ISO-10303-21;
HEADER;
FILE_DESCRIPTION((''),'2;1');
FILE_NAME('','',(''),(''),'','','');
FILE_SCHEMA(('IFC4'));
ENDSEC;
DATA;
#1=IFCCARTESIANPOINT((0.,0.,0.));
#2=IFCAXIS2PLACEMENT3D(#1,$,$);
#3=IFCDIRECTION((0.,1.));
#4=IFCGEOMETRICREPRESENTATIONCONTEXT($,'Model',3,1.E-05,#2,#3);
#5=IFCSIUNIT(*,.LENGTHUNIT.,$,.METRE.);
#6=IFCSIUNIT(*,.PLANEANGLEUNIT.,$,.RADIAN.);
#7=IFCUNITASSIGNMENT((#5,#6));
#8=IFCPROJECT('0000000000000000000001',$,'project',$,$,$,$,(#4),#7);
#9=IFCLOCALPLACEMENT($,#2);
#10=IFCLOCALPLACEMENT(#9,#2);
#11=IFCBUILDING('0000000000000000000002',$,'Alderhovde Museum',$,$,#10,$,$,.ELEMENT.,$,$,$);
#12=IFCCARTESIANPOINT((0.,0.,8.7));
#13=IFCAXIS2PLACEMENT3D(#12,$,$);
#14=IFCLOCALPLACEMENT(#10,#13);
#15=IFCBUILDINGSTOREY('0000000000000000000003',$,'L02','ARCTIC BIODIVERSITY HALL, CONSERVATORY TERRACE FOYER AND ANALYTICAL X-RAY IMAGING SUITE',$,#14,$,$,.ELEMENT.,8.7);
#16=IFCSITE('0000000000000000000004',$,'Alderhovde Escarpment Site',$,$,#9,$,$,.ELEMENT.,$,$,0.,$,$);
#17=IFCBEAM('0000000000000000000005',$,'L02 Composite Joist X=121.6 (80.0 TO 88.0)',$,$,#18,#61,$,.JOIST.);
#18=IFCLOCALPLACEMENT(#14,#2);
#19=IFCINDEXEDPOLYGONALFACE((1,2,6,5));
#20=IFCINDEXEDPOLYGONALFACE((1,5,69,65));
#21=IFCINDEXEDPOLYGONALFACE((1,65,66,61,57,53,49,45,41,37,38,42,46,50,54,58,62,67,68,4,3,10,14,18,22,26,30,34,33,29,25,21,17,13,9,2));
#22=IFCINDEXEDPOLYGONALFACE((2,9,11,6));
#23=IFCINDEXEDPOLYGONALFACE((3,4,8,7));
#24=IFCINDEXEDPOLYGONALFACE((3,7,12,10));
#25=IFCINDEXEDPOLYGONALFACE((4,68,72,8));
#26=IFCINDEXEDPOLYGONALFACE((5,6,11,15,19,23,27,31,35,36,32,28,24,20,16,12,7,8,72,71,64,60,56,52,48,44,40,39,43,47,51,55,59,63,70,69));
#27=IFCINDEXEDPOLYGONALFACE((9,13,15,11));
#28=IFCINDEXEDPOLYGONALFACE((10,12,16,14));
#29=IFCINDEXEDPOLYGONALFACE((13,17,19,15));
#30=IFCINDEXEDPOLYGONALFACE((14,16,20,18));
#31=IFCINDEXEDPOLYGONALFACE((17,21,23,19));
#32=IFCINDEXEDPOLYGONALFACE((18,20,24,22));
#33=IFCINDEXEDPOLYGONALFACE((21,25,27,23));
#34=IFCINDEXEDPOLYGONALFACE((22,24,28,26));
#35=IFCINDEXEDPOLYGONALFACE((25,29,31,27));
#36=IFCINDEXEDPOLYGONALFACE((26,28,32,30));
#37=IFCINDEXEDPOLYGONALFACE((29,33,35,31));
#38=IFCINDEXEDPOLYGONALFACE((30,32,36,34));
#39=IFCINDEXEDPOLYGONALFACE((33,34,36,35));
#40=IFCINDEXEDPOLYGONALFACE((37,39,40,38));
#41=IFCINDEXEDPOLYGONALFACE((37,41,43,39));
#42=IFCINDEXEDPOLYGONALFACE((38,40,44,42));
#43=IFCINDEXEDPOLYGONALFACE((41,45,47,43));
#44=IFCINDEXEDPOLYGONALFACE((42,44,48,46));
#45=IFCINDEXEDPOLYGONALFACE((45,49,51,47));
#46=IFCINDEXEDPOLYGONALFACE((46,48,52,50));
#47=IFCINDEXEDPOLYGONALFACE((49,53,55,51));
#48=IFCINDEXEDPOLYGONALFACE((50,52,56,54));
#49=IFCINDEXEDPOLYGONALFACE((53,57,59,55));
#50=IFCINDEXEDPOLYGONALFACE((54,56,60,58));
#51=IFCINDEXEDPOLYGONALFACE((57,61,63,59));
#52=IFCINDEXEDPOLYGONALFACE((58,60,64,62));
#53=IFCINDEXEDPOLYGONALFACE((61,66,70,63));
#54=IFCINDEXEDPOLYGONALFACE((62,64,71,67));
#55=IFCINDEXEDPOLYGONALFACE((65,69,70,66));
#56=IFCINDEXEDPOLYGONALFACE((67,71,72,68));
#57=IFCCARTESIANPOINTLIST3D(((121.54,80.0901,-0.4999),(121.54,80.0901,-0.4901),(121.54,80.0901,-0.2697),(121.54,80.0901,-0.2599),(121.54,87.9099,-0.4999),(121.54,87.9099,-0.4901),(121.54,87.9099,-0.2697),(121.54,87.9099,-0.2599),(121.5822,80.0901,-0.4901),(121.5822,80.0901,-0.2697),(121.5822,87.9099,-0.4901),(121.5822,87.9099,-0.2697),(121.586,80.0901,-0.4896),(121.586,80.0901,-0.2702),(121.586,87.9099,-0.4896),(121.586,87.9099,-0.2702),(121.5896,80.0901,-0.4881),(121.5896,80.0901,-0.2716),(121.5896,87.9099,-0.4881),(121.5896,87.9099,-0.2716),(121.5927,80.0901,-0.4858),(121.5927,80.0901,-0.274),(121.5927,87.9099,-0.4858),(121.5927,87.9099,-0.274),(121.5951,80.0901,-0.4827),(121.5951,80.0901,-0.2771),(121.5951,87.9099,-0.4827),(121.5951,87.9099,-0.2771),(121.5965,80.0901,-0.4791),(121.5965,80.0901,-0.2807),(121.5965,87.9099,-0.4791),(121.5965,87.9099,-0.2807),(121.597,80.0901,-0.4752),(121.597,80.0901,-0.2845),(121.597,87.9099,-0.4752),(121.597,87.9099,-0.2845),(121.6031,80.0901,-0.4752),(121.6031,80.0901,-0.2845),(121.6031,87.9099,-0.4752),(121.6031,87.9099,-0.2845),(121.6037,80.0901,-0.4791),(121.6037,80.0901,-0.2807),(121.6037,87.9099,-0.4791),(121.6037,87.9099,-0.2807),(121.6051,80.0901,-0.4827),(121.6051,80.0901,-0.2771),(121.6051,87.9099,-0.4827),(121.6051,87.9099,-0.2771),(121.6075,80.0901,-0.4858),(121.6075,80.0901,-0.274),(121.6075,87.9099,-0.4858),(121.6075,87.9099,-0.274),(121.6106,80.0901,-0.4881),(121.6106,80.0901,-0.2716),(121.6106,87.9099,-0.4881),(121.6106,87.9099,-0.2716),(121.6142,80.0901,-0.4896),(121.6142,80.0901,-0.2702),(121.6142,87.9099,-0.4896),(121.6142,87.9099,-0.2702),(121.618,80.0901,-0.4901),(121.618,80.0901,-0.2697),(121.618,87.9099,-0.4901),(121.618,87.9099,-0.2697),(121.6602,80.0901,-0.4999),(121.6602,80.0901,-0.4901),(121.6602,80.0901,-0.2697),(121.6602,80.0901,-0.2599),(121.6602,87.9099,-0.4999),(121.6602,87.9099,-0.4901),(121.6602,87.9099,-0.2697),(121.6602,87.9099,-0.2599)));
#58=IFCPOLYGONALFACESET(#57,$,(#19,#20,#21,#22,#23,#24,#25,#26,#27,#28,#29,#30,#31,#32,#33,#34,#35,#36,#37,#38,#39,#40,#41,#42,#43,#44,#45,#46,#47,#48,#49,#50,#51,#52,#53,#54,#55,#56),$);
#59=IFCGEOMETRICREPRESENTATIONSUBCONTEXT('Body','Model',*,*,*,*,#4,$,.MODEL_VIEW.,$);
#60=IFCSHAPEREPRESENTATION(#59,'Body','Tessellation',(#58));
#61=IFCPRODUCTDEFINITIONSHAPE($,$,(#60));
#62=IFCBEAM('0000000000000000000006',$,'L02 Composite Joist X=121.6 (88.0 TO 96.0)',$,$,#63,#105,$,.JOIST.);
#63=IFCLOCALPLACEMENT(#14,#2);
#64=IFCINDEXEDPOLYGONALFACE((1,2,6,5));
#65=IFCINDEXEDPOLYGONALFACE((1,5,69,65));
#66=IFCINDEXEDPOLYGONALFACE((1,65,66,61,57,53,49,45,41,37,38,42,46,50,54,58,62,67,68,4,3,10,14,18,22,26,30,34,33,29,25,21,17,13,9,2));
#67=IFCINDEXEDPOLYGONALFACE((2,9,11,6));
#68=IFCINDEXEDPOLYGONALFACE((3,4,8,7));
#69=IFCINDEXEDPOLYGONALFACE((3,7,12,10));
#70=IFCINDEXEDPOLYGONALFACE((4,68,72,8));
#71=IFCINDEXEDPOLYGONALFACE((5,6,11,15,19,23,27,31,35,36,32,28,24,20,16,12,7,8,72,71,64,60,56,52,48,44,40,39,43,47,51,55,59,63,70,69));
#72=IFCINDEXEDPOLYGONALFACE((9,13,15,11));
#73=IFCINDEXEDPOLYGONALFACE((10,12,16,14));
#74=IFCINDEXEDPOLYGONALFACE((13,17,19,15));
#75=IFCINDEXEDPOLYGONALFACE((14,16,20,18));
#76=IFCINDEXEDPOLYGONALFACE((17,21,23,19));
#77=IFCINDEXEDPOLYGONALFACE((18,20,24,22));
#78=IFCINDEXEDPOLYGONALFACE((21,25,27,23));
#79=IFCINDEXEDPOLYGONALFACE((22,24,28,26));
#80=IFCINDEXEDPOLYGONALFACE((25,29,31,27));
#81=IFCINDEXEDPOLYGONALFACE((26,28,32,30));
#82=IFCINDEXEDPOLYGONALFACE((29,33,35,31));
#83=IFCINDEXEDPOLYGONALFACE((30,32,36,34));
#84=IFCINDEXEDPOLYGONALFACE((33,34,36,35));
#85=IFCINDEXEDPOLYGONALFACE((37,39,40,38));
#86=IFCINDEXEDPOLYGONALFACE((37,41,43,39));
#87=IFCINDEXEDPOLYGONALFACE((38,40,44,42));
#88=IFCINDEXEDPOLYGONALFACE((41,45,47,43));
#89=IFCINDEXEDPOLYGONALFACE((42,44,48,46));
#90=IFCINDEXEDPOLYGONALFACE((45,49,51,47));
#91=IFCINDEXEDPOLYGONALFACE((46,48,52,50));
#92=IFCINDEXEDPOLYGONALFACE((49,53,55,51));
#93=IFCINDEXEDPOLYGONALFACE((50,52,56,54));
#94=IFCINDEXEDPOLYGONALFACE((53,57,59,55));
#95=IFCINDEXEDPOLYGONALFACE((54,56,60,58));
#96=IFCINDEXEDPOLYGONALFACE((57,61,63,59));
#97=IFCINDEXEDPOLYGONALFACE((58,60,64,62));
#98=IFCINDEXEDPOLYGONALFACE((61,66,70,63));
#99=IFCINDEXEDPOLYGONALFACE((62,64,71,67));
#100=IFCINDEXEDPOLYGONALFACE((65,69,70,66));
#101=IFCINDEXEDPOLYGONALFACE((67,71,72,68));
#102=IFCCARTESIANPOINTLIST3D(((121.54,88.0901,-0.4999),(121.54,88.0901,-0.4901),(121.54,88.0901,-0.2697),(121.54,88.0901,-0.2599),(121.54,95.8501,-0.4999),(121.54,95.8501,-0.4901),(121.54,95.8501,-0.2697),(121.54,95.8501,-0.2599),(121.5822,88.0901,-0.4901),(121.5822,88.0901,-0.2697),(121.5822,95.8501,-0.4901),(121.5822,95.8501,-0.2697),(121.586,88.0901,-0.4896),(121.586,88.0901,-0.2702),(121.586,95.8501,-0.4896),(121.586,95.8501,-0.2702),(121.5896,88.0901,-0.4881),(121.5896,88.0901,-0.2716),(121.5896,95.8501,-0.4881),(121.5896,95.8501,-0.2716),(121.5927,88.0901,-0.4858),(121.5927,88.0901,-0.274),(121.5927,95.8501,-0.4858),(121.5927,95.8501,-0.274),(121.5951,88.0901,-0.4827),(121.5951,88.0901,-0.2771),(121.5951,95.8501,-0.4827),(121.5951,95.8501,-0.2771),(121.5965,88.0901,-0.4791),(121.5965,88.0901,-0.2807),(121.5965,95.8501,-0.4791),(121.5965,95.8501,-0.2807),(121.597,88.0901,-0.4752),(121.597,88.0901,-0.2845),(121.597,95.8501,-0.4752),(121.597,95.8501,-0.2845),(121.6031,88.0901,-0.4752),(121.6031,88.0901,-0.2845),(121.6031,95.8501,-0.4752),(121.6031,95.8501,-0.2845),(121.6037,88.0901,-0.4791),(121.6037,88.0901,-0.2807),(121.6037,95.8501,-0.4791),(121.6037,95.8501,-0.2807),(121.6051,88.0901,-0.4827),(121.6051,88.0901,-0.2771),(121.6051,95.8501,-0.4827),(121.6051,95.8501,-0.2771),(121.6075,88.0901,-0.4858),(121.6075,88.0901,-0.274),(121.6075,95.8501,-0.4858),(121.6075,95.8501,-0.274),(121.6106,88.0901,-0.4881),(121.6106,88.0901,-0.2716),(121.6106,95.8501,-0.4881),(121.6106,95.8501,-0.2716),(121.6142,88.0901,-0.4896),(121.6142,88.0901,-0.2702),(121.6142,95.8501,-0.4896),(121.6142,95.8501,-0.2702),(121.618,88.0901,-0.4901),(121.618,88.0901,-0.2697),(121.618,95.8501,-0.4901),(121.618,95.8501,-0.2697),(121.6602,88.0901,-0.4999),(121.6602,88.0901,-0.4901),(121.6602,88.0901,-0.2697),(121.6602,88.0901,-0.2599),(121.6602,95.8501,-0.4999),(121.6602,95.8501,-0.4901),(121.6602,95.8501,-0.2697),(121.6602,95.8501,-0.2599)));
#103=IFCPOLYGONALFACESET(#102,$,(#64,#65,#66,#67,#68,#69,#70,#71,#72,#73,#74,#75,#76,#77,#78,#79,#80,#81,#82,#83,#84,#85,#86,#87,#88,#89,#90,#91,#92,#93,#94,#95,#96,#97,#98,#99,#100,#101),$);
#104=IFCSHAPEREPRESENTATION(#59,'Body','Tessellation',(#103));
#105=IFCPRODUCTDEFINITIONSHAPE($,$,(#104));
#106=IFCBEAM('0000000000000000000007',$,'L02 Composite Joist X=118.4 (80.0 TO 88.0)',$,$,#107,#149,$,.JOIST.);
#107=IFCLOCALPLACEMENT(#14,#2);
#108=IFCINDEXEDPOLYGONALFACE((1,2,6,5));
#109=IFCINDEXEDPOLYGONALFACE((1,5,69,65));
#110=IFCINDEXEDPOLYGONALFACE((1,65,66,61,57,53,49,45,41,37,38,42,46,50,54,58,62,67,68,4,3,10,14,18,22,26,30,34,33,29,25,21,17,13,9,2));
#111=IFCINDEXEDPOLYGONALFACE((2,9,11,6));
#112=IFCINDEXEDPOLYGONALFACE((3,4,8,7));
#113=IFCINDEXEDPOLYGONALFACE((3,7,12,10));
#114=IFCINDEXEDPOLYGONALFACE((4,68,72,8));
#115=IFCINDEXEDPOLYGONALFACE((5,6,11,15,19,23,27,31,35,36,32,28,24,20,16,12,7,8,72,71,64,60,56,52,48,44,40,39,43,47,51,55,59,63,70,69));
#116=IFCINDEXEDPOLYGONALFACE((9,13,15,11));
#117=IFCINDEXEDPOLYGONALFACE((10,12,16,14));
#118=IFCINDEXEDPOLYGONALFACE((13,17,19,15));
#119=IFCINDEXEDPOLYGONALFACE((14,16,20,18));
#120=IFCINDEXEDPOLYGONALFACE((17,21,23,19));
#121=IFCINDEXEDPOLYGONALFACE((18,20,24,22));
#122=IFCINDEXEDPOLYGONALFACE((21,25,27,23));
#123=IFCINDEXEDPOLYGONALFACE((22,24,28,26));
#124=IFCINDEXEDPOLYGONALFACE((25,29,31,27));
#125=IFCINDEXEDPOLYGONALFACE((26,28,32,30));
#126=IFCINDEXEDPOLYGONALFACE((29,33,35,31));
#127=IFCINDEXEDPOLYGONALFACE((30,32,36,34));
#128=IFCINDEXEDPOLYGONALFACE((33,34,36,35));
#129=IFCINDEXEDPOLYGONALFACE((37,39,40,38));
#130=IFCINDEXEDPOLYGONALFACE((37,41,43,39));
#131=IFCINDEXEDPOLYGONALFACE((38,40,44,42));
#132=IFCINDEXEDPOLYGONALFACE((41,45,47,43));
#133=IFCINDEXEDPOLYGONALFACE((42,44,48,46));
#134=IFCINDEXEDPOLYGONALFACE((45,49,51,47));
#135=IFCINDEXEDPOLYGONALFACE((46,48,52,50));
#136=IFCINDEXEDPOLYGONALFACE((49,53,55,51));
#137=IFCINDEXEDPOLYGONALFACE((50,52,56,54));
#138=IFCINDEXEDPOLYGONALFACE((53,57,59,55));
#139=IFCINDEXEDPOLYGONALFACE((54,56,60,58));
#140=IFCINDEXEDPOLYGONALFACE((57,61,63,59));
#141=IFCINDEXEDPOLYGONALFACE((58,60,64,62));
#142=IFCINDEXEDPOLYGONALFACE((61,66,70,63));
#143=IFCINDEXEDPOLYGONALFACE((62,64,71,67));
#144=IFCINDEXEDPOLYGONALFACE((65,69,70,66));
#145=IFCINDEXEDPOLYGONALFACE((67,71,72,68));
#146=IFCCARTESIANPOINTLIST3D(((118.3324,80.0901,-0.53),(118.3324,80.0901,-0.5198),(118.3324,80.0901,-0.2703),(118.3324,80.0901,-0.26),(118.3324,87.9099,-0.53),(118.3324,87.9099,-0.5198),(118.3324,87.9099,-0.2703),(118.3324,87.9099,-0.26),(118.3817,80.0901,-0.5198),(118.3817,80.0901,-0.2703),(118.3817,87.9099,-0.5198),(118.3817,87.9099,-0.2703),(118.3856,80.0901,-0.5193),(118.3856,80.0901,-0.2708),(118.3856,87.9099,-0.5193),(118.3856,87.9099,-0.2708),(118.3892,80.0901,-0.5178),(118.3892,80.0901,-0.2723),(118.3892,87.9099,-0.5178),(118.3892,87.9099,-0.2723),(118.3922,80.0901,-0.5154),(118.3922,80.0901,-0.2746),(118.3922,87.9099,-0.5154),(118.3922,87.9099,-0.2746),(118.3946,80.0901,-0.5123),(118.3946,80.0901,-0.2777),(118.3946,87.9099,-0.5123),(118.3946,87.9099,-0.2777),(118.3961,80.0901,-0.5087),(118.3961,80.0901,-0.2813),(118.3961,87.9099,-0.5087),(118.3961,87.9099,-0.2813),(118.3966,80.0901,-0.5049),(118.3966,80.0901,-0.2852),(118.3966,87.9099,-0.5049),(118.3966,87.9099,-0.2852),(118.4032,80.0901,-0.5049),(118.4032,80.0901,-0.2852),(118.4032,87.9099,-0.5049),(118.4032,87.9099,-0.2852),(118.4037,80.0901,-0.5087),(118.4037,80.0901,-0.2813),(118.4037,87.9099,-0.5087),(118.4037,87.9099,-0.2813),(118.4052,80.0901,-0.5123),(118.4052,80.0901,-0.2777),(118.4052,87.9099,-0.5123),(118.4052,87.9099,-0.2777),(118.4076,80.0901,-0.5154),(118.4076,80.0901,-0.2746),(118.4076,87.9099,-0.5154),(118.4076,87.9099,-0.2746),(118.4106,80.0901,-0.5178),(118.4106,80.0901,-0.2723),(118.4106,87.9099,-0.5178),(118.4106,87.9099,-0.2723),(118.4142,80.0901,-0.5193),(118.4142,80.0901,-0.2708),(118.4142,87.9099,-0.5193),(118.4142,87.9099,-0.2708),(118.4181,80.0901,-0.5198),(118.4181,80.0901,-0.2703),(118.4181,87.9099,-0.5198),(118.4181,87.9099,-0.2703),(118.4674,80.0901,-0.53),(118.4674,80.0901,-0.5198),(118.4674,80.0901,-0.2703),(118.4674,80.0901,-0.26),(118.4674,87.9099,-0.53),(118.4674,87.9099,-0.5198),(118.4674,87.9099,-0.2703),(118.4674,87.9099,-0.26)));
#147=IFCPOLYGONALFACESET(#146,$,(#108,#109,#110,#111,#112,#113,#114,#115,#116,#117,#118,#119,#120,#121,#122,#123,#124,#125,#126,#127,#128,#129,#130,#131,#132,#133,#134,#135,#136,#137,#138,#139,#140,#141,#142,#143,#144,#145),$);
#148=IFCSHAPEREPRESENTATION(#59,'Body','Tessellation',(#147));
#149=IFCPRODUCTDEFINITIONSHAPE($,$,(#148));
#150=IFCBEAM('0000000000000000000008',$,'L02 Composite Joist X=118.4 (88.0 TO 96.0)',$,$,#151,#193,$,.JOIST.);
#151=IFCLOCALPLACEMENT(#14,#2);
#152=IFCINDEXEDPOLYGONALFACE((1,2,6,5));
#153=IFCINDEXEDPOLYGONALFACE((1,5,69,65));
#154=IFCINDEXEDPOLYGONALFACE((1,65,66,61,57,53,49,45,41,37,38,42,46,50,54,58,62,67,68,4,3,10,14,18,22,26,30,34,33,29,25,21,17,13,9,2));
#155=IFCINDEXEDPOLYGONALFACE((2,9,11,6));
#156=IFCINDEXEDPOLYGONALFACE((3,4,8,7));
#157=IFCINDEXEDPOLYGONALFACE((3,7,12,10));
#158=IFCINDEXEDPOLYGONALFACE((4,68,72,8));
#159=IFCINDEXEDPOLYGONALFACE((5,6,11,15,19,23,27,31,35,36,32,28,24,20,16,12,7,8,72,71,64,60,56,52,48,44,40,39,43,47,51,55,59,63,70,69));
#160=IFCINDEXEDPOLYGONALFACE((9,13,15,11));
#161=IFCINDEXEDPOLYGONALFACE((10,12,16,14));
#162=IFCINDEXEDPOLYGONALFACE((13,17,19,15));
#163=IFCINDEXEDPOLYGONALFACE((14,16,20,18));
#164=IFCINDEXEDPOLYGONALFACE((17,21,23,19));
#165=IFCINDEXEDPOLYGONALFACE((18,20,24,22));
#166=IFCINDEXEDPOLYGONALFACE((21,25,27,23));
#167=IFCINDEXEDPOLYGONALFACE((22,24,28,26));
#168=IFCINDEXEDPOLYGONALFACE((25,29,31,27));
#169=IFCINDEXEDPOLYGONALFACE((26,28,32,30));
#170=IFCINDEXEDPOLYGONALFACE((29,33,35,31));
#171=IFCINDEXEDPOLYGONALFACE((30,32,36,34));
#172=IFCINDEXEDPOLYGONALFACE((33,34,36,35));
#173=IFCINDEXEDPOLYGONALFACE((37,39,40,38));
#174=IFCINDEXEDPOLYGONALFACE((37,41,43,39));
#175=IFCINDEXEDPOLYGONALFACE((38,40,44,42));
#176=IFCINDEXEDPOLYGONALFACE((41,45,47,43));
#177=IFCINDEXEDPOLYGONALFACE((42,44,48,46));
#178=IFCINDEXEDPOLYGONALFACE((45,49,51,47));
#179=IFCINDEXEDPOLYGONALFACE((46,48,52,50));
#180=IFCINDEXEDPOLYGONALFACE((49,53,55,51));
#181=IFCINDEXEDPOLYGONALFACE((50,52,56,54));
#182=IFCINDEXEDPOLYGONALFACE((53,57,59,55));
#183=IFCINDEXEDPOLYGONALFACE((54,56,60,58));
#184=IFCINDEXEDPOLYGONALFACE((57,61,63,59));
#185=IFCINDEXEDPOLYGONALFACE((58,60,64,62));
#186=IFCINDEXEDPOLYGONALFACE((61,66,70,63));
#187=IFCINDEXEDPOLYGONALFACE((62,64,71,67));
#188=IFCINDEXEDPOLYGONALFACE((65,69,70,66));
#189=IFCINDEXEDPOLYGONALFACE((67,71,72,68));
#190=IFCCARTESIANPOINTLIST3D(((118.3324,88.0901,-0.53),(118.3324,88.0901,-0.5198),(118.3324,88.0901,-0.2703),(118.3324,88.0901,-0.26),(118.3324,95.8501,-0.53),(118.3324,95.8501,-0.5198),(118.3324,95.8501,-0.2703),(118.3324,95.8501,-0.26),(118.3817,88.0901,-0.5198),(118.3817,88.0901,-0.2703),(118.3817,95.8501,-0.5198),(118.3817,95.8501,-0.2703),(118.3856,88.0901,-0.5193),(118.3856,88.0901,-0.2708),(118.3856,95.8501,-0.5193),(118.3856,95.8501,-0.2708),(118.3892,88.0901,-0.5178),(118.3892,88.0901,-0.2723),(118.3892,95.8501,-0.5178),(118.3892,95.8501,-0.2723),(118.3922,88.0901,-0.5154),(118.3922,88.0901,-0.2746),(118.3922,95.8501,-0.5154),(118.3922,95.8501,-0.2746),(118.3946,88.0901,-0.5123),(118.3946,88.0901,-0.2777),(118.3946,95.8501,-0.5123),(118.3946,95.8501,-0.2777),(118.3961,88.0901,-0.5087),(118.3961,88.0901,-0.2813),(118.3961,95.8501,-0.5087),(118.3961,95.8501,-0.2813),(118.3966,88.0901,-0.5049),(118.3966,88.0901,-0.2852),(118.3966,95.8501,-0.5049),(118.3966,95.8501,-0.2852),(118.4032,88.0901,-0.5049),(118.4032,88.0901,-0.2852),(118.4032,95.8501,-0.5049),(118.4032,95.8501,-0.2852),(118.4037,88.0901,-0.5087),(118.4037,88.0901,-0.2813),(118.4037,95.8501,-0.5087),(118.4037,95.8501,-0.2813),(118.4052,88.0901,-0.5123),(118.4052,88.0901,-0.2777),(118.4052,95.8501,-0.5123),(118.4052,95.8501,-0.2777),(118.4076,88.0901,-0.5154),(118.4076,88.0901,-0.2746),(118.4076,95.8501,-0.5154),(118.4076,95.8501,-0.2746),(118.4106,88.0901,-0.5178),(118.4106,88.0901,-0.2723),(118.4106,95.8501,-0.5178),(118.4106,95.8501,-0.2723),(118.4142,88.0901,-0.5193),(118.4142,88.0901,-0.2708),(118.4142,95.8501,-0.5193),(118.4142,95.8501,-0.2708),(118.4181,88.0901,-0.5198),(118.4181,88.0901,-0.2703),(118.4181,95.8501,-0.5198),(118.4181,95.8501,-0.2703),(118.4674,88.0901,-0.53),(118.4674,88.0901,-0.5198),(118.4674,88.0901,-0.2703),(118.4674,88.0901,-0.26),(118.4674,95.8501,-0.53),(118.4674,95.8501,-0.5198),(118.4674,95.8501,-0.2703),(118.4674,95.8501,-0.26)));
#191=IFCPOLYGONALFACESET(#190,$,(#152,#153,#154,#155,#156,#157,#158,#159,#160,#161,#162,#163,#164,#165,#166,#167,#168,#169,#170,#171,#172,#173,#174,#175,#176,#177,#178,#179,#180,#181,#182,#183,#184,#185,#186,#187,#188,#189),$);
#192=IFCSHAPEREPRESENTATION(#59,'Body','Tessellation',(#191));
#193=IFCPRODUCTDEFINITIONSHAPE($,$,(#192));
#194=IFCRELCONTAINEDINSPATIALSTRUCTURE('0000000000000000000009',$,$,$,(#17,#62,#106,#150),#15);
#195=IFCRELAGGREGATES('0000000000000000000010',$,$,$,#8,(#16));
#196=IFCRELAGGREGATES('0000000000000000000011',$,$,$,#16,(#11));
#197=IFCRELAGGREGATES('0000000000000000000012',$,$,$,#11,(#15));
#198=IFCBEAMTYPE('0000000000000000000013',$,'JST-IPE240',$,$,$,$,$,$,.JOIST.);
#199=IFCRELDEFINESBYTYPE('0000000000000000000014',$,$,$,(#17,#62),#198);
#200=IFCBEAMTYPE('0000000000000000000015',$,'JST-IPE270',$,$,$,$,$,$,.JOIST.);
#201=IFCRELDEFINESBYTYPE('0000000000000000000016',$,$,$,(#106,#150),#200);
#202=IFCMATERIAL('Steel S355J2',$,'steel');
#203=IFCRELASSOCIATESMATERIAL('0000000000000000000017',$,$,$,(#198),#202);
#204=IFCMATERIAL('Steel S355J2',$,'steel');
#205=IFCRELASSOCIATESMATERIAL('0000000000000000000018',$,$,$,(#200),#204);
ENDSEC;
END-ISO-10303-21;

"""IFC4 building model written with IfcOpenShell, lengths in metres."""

from ifc_helpers import new_model, si_unit, direction, frame, origin, origin_2d, place, context, subcontext, project, spatial, i_section, extrude, material, material_profile, profile_set, type_object, element, save


model = new_model("IFC4")

# Units and contexts
model_context = context("Model", 3, precision=1e-05, world=origin(), true_north=direction((0.0, 1.0)))
body_context = subcontext(model_context, "Body", "Model", "MODEL_VIEW")
ifc_project = project(units=[si_unit("LENGTHUNIT", "METRE"), si_unit("PLANEANGLEUNIT", "RADIAN")], contexts=[model_context])

# Site, building, storey
site_placement = place(None, origin())
site = spatial("IfcSite", under=ifc_project, at=site_placement, Name="Alderhovde Escarpment Site", CompositionType="ELEMENT", RefElevation=0.0)
building_placement = place(site_placement, origin())
building = spatial("IfcBuilding", under=site, at=building_placement, Name="Alderhovde Museum", CompositionType="ELEMENT")
storey_placement = place(building_placement, frame((0.0, 0.0, 8.7)))
storey = spatial("IfcBuildingStorey", under=building, at=storey_placement, Name="L02", Description="ARCTIC BIODIVERSITY HALL, CONSERVATORY TERRACE FOYER AND ANALYTICAL X-RAY IMAGING SUITE", CompositionType="ELEMENT", Elevation=8.7)

# Beams
ifc_material_1 = material(Name="Steel S355J2", Category="steel")
ifc_material_profile_1 = material_profile(ifc_material_1, i_section(OverallWidth=0.1201, OverallDepth=0.24, WebThickness=0.0061, FlangeThickness=0.0098, FilletRadius=0.0149, at=origin_2d()), Name="IPE 240")
ifc_profile_set_1 = profile_set([ifc_material_profile_1], Name="Steel S355J2")
beam_type_1 = type_object("IfcBeamType", Name="JST-IPE240", PredefinedType="JOIST", material=ifc_profile_set_1)
beam_1_placement = place(storey_placement, frame((121.6001, 80.0901, -0.3799), z_axis=(0.0, 1.0, 0.0), x_axis=(-1.0, 0.0, 0.0)))
element("IfcBeam", 1, at=beam_1_placement, inside=storey, type_object=beam_type_1, Name="L02 Composite Joist X=121.6 (80.0 TO 88.0)", PredefinedType="JOIST", context=body_context, shape_type="SweptSolid", body=[
    extrude(i_section(OverallWidth=0.1201, OverallDepth=0.24, WebThickness=0.0061, FlangeThickness=0.0098, FilletRadius=0.0149, at=origin_2d()), origin(), (0.0, 0.0, 1.0), 7.8198),
])
beam_2_placement = place(storey_placement, frame((121.6001, 88.0901, -0.3799), z_axis=(0.0, 1.0, 0.0), x_axis=(-1.0, 0.0, 0.0)))
element("IfcBeam", 2, at=beam_2_placement, inside=storey, type_object=beam_type_1, Name="L02 Composite Joist X=121.6 (88.0 TO 96.0)", PredefinedType="JOIST", context=body_context, shape_type="SweptSolid", body=[
    extrude(i_section(OverallWidth=0.1201, OverallDepth=0.24, WebThickness=0.0061, FlangeThickness=0.0098, FilletRadius=0.0149, at=origin_2d()), origin(), (0.0, 0.0, 1.0), 7.76),
])
ifc_material_2 = material(Name="Steel S355J2", Category="steel")
ifc_material_profile_2 = material_profile(ifc_material_2, i_section(OverallWidth=0.135, OverallDepth=0.27, WebThickness=0.0066, FlangeThickness=0.0103, FilletRadius=0.0149, at=origin_2d()), Name="IPE 270")
ifc_profile_set_2 = profile_set([ifc_material_profile_2], Name="Steel S355J2")
beam_type_2 = type_object("IfcBeamType", Name="JST-IPE270", PredefinedType="JOIST", material=ifc_profile_set_2)
beam_3_placement = place(storey_placement, frame((118.3999, 80.0901, -0.395), z_axis=(0.0, 1.0, 0.0), x_axis=(-1.0, 0.0, 0.0)))
element("IfcBeam", 3, at=beam_3_placement, inside=storey, type_object=beam_type_2, Name="L02 Composite Joist X=118.4 (80.0 TO 88.0)", PredefinedType="JOIST", context=body_context, shape_type="SweptSolid", body=[
    extrude(i_section(OverallWidth=0.135, OverallDepth=0.27, WebThickness=0.0066, FlangeThickness=0.0103, FilletRadius=0.0149, at=origin_2d()), origin(), (0.0, 0.0, 1.0), 7.8198),
])
beam_4_placement = place(storey_placement, frame((118.3999, 88.0901, -0.395), z_axis=(0.0, 1.0, 0.0), x_axis=(-1.0, 0.0, 0.0)))
element("IfcBeam", 4, at=beam_4_placement, inside=storey, type_object=beam_type_2, Name="L02 Composite Joist X=118.4 (88.0 TO 96.0)", PredefinedType="JOIST", context=body_context, shape_type="SweptSolid", body=[
    extrude(i_section(OverallWidth=0.135, OverallDepth=0.27, WebThickness=0.0066, FlangeThickness=0.0103, FilletRadius=0.0149, at=origin_2d()), origin(), (0.0, 0.0, 1.0), 7.76),
])

save(model, "model.ifc")
